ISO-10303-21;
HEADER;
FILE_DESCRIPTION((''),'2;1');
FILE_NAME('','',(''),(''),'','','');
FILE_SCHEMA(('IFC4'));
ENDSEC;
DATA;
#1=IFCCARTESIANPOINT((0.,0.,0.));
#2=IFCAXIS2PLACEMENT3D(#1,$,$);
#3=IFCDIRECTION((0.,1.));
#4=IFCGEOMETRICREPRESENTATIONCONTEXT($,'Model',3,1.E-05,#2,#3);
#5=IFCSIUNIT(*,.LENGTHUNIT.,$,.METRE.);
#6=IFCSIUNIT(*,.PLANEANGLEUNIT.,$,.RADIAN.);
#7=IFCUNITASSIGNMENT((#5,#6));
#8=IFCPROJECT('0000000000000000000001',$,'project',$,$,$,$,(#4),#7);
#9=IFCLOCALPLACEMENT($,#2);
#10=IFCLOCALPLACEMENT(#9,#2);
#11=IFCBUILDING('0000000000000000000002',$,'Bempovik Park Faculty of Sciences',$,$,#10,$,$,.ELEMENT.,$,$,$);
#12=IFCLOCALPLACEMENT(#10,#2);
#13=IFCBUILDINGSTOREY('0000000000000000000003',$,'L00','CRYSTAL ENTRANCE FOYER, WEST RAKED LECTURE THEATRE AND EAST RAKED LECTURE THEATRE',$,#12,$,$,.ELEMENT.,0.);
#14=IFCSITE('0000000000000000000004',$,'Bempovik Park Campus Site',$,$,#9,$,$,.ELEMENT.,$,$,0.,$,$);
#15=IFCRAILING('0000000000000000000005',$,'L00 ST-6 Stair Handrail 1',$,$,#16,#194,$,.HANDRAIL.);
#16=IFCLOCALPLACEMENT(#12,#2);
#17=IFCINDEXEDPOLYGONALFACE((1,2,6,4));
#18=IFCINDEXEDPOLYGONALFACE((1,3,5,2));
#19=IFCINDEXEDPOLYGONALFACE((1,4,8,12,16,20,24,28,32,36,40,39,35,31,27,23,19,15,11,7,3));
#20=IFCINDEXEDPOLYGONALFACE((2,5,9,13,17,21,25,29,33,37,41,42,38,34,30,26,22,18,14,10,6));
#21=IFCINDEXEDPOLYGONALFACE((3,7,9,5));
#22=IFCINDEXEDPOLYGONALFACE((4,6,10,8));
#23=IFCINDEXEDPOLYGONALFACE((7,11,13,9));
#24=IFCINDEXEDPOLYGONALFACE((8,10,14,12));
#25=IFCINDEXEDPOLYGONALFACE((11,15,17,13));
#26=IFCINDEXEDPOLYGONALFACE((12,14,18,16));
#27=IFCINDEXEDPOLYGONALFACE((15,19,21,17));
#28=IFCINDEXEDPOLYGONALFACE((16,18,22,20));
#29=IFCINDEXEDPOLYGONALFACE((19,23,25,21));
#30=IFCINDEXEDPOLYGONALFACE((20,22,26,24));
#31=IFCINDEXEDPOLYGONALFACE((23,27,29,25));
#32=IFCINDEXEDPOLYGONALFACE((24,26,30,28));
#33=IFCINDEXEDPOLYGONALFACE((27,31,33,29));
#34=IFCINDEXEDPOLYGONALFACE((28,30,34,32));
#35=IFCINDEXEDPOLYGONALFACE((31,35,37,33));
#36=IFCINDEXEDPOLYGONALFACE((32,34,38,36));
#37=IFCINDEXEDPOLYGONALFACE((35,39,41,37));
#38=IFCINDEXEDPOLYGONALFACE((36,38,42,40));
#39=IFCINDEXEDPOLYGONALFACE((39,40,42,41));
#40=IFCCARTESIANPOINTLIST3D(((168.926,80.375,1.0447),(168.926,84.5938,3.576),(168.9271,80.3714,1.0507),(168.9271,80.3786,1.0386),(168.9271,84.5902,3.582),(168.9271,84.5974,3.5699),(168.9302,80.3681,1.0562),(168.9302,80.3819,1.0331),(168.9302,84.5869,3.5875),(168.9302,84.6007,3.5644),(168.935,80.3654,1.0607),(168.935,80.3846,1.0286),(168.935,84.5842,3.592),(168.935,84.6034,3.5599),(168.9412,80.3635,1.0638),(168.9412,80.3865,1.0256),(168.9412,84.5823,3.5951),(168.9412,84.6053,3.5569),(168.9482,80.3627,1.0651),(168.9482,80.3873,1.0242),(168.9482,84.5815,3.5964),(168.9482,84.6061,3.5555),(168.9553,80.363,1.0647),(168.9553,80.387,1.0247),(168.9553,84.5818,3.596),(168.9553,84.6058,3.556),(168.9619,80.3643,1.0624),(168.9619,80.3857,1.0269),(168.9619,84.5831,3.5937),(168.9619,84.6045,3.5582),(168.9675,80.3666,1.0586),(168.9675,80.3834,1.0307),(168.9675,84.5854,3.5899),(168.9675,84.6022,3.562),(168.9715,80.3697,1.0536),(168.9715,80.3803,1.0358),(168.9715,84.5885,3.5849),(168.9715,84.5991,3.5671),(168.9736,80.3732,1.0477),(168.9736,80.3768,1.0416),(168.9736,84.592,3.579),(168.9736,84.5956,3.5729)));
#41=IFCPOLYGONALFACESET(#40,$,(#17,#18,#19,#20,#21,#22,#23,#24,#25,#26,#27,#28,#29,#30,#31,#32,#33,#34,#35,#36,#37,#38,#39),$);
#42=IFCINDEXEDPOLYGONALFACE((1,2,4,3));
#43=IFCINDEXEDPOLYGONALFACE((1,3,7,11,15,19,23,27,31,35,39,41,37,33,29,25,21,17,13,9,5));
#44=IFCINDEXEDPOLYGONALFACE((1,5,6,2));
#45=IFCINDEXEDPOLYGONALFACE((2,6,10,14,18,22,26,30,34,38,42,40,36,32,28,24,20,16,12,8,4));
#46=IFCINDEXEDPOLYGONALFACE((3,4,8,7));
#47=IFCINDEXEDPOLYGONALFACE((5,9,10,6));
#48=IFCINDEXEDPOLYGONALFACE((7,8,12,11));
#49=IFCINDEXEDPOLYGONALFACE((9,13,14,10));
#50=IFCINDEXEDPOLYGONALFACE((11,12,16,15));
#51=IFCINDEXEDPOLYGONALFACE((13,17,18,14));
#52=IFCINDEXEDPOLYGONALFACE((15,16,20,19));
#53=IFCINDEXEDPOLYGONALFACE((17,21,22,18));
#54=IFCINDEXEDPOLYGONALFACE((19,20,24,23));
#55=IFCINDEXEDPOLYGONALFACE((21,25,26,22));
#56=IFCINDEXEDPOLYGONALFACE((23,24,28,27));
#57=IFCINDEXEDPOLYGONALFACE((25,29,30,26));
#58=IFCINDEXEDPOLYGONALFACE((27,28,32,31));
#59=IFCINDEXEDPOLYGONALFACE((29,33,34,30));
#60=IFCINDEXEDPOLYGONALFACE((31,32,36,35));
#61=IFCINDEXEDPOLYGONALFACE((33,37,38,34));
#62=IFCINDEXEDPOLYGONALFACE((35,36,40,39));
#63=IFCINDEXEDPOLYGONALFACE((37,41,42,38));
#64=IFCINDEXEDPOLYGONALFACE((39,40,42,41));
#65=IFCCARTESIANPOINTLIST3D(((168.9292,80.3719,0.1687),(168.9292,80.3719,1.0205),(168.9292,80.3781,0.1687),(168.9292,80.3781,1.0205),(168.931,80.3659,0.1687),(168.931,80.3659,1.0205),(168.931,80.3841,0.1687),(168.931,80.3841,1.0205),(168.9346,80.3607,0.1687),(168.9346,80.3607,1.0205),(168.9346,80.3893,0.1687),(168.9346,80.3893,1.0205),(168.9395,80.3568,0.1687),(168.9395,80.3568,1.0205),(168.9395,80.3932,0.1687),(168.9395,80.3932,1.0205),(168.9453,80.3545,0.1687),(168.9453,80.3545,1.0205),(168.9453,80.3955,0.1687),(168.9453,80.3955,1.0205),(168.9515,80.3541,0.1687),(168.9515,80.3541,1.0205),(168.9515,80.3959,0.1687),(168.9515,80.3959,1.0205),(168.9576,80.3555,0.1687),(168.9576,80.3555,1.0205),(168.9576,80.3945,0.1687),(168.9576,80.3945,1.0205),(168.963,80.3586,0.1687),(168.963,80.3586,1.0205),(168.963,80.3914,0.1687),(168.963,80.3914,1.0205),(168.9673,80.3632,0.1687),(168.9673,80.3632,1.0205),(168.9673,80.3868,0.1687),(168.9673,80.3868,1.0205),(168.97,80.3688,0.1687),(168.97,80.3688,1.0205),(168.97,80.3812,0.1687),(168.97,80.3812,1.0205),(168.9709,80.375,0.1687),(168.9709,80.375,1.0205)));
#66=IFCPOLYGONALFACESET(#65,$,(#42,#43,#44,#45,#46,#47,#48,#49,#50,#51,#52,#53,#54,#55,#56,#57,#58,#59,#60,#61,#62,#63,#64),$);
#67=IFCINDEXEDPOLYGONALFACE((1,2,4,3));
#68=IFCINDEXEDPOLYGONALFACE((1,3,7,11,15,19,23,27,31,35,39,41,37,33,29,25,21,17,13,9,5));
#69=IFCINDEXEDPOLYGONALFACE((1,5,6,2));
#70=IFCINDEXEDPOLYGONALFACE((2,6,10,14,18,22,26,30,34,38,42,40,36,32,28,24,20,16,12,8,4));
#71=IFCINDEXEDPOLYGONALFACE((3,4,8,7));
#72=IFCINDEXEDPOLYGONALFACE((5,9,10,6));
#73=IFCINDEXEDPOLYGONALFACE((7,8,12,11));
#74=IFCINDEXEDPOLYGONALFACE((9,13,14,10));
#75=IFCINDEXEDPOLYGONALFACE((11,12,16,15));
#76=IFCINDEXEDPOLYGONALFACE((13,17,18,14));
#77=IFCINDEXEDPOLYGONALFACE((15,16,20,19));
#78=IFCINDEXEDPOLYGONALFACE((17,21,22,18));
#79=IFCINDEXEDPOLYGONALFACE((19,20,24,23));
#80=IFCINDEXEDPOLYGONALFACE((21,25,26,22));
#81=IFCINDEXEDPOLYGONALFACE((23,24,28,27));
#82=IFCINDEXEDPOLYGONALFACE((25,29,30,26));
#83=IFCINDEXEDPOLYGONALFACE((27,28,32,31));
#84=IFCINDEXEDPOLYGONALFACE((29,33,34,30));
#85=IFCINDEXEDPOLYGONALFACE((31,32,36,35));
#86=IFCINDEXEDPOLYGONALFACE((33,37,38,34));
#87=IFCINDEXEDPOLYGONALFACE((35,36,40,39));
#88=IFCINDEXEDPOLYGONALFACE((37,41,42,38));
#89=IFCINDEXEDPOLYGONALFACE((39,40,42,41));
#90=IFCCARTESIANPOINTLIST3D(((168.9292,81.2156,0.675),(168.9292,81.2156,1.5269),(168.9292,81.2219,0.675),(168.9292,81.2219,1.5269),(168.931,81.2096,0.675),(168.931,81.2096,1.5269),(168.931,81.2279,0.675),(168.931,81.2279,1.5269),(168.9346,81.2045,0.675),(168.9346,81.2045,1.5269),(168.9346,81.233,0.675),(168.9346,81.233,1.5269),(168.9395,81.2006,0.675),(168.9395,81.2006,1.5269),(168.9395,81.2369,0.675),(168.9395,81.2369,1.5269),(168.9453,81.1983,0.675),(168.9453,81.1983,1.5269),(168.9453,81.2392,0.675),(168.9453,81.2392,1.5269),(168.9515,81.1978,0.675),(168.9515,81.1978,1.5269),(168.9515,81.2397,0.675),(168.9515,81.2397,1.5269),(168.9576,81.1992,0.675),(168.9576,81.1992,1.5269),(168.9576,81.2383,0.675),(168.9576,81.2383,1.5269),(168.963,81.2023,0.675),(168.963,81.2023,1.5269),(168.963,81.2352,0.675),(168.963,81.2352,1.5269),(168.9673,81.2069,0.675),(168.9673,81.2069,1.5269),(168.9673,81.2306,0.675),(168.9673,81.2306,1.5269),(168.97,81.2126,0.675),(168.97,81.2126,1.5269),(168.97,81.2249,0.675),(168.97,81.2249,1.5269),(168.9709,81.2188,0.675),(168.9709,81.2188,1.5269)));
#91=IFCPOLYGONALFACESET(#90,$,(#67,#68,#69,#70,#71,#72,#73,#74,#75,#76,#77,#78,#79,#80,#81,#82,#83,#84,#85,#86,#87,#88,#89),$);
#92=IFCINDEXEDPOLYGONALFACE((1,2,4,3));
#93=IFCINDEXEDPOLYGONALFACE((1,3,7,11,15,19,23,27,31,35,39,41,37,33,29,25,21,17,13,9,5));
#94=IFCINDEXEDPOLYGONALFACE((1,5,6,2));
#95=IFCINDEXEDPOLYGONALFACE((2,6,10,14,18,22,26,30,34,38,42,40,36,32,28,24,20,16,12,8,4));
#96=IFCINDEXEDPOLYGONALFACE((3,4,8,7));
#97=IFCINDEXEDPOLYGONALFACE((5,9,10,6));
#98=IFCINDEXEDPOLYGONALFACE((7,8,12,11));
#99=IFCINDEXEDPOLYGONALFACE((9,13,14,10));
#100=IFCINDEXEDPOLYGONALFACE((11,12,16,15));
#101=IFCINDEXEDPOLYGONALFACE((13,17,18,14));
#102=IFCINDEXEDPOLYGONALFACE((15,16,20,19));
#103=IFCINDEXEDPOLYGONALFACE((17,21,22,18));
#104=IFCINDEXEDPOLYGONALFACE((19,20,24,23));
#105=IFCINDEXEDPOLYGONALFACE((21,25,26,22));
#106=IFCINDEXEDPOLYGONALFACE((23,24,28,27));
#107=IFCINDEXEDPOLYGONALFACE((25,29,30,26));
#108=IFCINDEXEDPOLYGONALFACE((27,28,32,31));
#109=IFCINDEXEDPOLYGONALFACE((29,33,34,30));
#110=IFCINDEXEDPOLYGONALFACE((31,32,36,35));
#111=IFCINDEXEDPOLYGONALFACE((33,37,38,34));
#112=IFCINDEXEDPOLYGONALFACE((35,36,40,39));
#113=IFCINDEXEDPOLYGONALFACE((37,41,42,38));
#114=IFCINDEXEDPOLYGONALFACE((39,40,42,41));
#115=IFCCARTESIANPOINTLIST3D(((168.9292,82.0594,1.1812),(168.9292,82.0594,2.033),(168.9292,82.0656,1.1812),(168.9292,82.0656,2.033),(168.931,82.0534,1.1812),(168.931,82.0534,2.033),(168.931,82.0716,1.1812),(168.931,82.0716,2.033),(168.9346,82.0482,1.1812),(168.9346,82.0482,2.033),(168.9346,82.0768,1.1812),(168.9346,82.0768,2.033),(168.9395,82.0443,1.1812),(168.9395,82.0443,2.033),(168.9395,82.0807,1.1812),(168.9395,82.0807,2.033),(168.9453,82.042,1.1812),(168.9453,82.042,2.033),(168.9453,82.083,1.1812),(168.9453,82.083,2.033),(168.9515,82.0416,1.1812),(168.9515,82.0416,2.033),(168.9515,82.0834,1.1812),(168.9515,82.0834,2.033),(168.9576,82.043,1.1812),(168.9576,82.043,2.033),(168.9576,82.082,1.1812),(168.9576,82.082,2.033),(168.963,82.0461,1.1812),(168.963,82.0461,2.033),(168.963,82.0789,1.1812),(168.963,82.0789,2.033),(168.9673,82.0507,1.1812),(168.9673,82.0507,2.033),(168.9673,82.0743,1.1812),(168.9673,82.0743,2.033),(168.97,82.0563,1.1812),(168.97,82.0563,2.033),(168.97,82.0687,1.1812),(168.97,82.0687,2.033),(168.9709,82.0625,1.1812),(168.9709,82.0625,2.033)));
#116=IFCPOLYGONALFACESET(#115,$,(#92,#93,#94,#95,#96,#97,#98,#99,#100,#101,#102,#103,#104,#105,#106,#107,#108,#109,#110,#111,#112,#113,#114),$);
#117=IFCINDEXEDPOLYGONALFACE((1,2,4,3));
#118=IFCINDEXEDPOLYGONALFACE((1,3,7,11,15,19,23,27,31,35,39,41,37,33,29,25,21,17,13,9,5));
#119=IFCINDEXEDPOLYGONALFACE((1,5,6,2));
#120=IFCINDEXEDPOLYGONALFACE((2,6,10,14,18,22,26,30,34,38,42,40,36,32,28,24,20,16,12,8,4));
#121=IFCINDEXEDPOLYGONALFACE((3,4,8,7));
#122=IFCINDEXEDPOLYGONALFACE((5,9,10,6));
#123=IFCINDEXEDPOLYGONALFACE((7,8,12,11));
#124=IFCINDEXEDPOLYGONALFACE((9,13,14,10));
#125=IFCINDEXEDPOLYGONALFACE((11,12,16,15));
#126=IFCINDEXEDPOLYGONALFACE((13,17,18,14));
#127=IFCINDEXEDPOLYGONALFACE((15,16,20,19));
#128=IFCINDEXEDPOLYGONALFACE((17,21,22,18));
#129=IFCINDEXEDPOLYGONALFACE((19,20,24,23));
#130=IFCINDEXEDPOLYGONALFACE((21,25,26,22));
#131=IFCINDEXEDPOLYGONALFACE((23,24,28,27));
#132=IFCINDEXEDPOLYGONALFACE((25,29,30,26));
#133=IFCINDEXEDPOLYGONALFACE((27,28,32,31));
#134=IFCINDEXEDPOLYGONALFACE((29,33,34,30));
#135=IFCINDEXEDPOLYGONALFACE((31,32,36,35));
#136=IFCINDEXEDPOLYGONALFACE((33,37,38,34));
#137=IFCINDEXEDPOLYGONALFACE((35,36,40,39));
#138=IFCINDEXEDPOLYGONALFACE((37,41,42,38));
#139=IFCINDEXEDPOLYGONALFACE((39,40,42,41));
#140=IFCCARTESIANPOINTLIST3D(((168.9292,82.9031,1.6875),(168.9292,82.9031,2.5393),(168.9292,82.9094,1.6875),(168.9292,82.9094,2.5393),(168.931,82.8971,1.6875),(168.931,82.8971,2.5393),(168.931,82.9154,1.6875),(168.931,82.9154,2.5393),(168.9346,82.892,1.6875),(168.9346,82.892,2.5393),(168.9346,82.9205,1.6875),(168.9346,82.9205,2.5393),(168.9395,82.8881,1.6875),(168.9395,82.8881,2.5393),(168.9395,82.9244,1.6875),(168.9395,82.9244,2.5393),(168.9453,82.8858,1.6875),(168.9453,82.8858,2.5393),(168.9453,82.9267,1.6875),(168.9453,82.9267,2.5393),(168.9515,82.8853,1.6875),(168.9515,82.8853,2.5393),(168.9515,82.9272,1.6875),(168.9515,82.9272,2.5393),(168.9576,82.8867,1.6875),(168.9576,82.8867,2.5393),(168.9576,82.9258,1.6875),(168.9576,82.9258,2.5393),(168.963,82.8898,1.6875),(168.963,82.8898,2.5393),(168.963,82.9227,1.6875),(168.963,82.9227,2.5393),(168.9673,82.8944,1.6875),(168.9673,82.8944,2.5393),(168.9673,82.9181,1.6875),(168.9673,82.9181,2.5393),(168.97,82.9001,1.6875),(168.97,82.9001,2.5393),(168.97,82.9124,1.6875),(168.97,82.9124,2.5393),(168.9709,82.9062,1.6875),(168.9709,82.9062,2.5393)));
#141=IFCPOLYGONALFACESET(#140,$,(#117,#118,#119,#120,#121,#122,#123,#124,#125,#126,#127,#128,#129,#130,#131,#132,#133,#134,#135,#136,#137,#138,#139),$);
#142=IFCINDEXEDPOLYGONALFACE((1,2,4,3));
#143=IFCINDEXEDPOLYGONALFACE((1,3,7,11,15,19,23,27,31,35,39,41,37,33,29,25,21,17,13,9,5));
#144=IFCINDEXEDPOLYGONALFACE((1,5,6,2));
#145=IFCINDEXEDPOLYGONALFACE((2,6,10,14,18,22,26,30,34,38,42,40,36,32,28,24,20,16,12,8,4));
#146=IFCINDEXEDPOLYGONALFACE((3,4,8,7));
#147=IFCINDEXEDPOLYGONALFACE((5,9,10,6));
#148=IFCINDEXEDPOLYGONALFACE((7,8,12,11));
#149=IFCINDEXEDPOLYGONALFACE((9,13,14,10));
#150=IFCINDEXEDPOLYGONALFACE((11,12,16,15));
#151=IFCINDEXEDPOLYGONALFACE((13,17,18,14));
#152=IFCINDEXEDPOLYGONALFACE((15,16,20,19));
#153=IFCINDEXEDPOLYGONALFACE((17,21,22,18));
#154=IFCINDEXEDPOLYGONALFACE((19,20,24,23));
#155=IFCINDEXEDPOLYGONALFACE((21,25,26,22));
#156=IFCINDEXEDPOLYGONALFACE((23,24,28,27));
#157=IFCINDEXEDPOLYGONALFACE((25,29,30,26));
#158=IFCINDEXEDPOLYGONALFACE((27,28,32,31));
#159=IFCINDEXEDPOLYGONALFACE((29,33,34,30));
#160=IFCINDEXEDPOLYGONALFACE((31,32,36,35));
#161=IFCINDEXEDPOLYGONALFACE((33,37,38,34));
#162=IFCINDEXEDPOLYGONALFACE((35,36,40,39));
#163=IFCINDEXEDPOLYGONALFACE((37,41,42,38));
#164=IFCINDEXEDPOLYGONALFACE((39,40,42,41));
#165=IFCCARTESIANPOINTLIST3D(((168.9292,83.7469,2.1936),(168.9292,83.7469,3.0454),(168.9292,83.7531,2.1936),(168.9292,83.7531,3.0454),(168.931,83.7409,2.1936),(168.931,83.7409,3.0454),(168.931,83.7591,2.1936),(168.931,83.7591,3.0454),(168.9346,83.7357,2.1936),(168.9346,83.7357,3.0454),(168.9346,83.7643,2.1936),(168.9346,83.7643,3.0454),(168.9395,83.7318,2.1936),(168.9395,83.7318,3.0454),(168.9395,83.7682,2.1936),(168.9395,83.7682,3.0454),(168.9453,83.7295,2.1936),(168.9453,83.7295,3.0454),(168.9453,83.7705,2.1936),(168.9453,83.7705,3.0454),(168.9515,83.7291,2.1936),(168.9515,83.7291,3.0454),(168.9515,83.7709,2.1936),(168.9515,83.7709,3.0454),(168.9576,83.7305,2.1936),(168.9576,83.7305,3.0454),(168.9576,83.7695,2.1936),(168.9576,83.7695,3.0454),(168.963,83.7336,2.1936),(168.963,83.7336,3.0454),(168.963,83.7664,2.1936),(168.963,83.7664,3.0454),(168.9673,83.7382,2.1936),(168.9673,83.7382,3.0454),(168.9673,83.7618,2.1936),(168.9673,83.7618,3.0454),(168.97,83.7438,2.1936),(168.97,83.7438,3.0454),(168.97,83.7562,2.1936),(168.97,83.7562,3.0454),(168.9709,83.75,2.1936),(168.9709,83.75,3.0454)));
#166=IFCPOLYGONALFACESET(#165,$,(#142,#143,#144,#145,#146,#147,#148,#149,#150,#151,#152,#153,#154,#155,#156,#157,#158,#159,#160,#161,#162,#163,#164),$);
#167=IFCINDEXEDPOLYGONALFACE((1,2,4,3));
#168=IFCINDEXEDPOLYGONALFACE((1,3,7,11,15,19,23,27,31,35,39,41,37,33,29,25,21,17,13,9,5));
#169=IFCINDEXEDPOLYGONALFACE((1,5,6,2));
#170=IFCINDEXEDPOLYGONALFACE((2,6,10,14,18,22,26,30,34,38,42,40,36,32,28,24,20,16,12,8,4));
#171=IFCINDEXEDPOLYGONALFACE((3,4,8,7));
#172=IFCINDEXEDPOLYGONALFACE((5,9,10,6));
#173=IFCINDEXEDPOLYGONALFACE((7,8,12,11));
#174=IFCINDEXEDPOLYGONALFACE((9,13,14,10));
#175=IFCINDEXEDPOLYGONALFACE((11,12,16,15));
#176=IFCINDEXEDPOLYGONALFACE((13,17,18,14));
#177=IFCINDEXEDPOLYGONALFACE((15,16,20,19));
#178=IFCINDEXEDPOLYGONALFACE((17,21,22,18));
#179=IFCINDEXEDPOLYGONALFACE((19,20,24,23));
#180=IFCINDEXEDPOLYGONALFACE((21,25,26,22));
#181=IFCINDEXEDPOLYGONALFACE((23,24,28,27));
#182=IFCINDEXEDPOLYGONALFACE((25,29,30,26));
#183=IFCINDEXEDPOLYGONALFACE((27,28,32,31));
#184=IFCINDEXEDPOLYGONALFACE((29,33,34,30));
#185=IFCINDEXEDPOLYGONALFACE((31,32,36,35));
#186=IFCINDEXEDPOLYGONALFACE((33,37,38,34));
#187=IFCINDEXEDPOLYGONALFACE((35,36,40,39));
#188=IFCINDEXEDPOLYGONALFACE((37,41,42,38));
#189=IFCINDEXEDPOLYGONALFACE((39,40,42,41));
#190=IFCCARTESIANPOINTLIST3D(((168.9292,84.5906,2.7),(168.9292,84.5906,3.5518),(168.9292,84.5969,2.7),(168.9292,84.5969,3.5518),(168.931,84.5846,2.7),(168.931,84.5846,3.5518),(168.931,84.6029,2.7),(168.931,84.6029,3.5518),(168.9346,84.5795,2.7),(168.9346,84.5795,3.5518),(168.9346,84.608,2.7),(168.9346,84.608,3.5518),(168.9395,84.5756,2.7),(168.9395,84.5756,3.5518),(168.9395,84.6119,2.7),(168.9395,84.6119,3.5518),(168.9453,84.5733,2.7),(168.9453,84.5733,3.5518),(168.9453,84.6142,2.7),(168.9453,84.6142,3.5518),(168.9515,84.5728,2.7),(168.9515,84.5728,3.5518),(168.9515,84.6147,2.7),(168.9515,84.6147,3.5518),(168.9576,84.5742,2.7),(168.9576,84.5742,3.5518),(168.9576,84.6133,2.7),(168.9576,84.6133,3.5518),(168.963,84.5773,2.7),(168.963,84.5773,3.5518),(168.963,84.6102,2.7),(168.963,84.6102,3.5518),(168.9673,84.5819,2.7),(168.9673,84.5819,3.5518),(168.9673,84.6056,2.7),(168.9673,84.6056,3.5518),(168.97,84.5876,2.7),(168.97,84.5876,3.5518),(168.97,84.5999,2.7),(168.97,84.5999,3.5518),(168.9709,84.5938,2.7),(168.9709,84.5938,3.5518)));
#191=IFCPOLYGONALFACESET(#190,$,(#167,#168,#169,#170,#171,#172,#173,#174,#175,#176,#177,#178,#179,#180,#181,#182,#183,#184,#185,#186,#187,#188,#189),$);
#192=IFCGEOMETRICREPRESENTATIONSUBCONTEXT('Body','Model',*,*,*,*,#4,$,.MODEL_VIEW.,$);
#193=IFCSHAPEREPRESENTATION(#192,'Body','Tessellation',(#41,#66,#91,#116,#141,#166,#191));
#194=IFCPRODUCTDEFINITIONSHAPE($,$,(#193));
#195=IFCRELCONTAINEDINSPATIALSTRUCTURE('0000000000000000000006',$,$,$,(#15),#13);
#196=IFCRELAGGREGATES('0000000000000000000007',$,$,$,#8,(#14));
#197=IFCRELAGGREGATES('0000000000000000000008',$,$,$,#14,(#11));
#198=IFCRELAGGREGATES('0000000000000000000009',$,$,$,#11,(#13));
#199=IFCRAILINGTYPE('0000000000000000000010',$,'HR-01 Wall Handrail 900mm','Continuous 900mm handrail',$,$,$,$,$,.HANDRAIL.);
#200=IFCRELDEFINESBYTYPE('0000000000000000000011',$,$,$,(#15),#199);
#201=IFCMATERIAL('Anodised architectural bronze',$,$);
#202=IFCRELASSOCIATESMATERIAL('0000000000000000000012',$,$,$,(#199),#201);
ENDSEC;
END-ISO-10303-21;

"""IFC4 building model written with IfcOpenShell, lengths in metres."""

from ifc_helpers import new_model, si_unit, direction, frame, origin, origin_2d, place, context, subcontext, project, spatial, circle, extrude, material, type_object, element, save


model = new_model("IFC4")

# Units and contexts
model_context = context("Model", 3, precision=1e-05, world=origin(), true_north=direction((0.0, 1.0)))
body_context = subcontext(model_context, "Body", "Model", "MODEL_VIEW")
ifc_project = project(units=[si_unit("LENGTHUNIT", "METRE"), si_unit("PLANEANGLEUNIT", "RADIAN")], contexts=[model_context])

# Site, building, storey
site_placement = place(None, origin())
site = spatial("IfcSite", under=ifc_project, at=site_placement, Name="Bempovik Park Campus Site", CompositionType="ELEMENT", RefElevation=0.0)
building_placement = place(site_placement, origin())
building = spatial("IfcBuilding", under=site, at=building_placement, Name="Bempovik Park Faculty of Sciences", CompositionType="ELEMENT")
storey_placement = place(building_placement, origin())
storey = spatial("IfcBuildingStorey", under=building, at=storey_placement, Name="L00", Description="CRYSTAL ENTRANCE FOYER, WEST RAKED LECTURE THEATRE AND EAST RAKED LECTURE THEATRE", CompositionType="ELEMENT", Elevation=0.0)

# Railing
ifc_material_1 = material(Name="Anodised architectural bronze")
railing_type_1 = type_object("IfcRailingType", Name="HR-01 Wall Handrail 900mm", Description="Continuous 900mm handrail", PredefinedType="HANDRAIL", material=ifc_material_1)
railing_1_placement = place(storey_placement, frame((168.95, 80.375, 0.1687)))
element("IfcRailing", 1, at=railing_1_placement, inside=storey, type_object=railing_type_1, Name="L00 ST-6 Stair Handrail 1", PredefinedType="HANDRAIL", context=body_context, shape_type="SweptSolid", body=[
    extrude(circle(Radius=0.0239, at=origin_2d()), frame((0.0, 0.0, 0.876), z_axis=(0.0, 0.857493, 0.514496), x_axis=(-1.0, 0.0, 0.0)), (0.0, 0.0, 1.0), 4.9199),
    extrude(circle(Radius=0.021, at=origin_2d()), origin(), (0.0, 0.0, 1.0), 0.8518),
    extrude(circle(Radius=0.021, at=origin_2d()), frame((0.0, 0.8438, 0.5063)), (0.0, 0.0, 1.0), 0.8518),
    extrude(circle(Radius=0.021, at=origin_2d()), frame((0.0, 1.6875, 1.0125)), (0.0, 0.0, 1.0), 0.8518),
    extrude(circle(Radius=0.021, at=origin_2d()), frame((0.0, 2.5312, 1.5188)), (0.0, 0.0, 1.0), 0.8518),
    extrude(circle(Radius=0.021, at=origin_2d()), frame((0.0, 3.375, 2.0249)), (0.0, 0.0, 1.0), 0.8518),
    extrude(circle(Radius=0.021, at=origin_2d()), frame((0.0, 4.2188, 2.5312)), (0.0, 0.0, 1.0), 0.8518),
])

save(model, "model.ifc")
